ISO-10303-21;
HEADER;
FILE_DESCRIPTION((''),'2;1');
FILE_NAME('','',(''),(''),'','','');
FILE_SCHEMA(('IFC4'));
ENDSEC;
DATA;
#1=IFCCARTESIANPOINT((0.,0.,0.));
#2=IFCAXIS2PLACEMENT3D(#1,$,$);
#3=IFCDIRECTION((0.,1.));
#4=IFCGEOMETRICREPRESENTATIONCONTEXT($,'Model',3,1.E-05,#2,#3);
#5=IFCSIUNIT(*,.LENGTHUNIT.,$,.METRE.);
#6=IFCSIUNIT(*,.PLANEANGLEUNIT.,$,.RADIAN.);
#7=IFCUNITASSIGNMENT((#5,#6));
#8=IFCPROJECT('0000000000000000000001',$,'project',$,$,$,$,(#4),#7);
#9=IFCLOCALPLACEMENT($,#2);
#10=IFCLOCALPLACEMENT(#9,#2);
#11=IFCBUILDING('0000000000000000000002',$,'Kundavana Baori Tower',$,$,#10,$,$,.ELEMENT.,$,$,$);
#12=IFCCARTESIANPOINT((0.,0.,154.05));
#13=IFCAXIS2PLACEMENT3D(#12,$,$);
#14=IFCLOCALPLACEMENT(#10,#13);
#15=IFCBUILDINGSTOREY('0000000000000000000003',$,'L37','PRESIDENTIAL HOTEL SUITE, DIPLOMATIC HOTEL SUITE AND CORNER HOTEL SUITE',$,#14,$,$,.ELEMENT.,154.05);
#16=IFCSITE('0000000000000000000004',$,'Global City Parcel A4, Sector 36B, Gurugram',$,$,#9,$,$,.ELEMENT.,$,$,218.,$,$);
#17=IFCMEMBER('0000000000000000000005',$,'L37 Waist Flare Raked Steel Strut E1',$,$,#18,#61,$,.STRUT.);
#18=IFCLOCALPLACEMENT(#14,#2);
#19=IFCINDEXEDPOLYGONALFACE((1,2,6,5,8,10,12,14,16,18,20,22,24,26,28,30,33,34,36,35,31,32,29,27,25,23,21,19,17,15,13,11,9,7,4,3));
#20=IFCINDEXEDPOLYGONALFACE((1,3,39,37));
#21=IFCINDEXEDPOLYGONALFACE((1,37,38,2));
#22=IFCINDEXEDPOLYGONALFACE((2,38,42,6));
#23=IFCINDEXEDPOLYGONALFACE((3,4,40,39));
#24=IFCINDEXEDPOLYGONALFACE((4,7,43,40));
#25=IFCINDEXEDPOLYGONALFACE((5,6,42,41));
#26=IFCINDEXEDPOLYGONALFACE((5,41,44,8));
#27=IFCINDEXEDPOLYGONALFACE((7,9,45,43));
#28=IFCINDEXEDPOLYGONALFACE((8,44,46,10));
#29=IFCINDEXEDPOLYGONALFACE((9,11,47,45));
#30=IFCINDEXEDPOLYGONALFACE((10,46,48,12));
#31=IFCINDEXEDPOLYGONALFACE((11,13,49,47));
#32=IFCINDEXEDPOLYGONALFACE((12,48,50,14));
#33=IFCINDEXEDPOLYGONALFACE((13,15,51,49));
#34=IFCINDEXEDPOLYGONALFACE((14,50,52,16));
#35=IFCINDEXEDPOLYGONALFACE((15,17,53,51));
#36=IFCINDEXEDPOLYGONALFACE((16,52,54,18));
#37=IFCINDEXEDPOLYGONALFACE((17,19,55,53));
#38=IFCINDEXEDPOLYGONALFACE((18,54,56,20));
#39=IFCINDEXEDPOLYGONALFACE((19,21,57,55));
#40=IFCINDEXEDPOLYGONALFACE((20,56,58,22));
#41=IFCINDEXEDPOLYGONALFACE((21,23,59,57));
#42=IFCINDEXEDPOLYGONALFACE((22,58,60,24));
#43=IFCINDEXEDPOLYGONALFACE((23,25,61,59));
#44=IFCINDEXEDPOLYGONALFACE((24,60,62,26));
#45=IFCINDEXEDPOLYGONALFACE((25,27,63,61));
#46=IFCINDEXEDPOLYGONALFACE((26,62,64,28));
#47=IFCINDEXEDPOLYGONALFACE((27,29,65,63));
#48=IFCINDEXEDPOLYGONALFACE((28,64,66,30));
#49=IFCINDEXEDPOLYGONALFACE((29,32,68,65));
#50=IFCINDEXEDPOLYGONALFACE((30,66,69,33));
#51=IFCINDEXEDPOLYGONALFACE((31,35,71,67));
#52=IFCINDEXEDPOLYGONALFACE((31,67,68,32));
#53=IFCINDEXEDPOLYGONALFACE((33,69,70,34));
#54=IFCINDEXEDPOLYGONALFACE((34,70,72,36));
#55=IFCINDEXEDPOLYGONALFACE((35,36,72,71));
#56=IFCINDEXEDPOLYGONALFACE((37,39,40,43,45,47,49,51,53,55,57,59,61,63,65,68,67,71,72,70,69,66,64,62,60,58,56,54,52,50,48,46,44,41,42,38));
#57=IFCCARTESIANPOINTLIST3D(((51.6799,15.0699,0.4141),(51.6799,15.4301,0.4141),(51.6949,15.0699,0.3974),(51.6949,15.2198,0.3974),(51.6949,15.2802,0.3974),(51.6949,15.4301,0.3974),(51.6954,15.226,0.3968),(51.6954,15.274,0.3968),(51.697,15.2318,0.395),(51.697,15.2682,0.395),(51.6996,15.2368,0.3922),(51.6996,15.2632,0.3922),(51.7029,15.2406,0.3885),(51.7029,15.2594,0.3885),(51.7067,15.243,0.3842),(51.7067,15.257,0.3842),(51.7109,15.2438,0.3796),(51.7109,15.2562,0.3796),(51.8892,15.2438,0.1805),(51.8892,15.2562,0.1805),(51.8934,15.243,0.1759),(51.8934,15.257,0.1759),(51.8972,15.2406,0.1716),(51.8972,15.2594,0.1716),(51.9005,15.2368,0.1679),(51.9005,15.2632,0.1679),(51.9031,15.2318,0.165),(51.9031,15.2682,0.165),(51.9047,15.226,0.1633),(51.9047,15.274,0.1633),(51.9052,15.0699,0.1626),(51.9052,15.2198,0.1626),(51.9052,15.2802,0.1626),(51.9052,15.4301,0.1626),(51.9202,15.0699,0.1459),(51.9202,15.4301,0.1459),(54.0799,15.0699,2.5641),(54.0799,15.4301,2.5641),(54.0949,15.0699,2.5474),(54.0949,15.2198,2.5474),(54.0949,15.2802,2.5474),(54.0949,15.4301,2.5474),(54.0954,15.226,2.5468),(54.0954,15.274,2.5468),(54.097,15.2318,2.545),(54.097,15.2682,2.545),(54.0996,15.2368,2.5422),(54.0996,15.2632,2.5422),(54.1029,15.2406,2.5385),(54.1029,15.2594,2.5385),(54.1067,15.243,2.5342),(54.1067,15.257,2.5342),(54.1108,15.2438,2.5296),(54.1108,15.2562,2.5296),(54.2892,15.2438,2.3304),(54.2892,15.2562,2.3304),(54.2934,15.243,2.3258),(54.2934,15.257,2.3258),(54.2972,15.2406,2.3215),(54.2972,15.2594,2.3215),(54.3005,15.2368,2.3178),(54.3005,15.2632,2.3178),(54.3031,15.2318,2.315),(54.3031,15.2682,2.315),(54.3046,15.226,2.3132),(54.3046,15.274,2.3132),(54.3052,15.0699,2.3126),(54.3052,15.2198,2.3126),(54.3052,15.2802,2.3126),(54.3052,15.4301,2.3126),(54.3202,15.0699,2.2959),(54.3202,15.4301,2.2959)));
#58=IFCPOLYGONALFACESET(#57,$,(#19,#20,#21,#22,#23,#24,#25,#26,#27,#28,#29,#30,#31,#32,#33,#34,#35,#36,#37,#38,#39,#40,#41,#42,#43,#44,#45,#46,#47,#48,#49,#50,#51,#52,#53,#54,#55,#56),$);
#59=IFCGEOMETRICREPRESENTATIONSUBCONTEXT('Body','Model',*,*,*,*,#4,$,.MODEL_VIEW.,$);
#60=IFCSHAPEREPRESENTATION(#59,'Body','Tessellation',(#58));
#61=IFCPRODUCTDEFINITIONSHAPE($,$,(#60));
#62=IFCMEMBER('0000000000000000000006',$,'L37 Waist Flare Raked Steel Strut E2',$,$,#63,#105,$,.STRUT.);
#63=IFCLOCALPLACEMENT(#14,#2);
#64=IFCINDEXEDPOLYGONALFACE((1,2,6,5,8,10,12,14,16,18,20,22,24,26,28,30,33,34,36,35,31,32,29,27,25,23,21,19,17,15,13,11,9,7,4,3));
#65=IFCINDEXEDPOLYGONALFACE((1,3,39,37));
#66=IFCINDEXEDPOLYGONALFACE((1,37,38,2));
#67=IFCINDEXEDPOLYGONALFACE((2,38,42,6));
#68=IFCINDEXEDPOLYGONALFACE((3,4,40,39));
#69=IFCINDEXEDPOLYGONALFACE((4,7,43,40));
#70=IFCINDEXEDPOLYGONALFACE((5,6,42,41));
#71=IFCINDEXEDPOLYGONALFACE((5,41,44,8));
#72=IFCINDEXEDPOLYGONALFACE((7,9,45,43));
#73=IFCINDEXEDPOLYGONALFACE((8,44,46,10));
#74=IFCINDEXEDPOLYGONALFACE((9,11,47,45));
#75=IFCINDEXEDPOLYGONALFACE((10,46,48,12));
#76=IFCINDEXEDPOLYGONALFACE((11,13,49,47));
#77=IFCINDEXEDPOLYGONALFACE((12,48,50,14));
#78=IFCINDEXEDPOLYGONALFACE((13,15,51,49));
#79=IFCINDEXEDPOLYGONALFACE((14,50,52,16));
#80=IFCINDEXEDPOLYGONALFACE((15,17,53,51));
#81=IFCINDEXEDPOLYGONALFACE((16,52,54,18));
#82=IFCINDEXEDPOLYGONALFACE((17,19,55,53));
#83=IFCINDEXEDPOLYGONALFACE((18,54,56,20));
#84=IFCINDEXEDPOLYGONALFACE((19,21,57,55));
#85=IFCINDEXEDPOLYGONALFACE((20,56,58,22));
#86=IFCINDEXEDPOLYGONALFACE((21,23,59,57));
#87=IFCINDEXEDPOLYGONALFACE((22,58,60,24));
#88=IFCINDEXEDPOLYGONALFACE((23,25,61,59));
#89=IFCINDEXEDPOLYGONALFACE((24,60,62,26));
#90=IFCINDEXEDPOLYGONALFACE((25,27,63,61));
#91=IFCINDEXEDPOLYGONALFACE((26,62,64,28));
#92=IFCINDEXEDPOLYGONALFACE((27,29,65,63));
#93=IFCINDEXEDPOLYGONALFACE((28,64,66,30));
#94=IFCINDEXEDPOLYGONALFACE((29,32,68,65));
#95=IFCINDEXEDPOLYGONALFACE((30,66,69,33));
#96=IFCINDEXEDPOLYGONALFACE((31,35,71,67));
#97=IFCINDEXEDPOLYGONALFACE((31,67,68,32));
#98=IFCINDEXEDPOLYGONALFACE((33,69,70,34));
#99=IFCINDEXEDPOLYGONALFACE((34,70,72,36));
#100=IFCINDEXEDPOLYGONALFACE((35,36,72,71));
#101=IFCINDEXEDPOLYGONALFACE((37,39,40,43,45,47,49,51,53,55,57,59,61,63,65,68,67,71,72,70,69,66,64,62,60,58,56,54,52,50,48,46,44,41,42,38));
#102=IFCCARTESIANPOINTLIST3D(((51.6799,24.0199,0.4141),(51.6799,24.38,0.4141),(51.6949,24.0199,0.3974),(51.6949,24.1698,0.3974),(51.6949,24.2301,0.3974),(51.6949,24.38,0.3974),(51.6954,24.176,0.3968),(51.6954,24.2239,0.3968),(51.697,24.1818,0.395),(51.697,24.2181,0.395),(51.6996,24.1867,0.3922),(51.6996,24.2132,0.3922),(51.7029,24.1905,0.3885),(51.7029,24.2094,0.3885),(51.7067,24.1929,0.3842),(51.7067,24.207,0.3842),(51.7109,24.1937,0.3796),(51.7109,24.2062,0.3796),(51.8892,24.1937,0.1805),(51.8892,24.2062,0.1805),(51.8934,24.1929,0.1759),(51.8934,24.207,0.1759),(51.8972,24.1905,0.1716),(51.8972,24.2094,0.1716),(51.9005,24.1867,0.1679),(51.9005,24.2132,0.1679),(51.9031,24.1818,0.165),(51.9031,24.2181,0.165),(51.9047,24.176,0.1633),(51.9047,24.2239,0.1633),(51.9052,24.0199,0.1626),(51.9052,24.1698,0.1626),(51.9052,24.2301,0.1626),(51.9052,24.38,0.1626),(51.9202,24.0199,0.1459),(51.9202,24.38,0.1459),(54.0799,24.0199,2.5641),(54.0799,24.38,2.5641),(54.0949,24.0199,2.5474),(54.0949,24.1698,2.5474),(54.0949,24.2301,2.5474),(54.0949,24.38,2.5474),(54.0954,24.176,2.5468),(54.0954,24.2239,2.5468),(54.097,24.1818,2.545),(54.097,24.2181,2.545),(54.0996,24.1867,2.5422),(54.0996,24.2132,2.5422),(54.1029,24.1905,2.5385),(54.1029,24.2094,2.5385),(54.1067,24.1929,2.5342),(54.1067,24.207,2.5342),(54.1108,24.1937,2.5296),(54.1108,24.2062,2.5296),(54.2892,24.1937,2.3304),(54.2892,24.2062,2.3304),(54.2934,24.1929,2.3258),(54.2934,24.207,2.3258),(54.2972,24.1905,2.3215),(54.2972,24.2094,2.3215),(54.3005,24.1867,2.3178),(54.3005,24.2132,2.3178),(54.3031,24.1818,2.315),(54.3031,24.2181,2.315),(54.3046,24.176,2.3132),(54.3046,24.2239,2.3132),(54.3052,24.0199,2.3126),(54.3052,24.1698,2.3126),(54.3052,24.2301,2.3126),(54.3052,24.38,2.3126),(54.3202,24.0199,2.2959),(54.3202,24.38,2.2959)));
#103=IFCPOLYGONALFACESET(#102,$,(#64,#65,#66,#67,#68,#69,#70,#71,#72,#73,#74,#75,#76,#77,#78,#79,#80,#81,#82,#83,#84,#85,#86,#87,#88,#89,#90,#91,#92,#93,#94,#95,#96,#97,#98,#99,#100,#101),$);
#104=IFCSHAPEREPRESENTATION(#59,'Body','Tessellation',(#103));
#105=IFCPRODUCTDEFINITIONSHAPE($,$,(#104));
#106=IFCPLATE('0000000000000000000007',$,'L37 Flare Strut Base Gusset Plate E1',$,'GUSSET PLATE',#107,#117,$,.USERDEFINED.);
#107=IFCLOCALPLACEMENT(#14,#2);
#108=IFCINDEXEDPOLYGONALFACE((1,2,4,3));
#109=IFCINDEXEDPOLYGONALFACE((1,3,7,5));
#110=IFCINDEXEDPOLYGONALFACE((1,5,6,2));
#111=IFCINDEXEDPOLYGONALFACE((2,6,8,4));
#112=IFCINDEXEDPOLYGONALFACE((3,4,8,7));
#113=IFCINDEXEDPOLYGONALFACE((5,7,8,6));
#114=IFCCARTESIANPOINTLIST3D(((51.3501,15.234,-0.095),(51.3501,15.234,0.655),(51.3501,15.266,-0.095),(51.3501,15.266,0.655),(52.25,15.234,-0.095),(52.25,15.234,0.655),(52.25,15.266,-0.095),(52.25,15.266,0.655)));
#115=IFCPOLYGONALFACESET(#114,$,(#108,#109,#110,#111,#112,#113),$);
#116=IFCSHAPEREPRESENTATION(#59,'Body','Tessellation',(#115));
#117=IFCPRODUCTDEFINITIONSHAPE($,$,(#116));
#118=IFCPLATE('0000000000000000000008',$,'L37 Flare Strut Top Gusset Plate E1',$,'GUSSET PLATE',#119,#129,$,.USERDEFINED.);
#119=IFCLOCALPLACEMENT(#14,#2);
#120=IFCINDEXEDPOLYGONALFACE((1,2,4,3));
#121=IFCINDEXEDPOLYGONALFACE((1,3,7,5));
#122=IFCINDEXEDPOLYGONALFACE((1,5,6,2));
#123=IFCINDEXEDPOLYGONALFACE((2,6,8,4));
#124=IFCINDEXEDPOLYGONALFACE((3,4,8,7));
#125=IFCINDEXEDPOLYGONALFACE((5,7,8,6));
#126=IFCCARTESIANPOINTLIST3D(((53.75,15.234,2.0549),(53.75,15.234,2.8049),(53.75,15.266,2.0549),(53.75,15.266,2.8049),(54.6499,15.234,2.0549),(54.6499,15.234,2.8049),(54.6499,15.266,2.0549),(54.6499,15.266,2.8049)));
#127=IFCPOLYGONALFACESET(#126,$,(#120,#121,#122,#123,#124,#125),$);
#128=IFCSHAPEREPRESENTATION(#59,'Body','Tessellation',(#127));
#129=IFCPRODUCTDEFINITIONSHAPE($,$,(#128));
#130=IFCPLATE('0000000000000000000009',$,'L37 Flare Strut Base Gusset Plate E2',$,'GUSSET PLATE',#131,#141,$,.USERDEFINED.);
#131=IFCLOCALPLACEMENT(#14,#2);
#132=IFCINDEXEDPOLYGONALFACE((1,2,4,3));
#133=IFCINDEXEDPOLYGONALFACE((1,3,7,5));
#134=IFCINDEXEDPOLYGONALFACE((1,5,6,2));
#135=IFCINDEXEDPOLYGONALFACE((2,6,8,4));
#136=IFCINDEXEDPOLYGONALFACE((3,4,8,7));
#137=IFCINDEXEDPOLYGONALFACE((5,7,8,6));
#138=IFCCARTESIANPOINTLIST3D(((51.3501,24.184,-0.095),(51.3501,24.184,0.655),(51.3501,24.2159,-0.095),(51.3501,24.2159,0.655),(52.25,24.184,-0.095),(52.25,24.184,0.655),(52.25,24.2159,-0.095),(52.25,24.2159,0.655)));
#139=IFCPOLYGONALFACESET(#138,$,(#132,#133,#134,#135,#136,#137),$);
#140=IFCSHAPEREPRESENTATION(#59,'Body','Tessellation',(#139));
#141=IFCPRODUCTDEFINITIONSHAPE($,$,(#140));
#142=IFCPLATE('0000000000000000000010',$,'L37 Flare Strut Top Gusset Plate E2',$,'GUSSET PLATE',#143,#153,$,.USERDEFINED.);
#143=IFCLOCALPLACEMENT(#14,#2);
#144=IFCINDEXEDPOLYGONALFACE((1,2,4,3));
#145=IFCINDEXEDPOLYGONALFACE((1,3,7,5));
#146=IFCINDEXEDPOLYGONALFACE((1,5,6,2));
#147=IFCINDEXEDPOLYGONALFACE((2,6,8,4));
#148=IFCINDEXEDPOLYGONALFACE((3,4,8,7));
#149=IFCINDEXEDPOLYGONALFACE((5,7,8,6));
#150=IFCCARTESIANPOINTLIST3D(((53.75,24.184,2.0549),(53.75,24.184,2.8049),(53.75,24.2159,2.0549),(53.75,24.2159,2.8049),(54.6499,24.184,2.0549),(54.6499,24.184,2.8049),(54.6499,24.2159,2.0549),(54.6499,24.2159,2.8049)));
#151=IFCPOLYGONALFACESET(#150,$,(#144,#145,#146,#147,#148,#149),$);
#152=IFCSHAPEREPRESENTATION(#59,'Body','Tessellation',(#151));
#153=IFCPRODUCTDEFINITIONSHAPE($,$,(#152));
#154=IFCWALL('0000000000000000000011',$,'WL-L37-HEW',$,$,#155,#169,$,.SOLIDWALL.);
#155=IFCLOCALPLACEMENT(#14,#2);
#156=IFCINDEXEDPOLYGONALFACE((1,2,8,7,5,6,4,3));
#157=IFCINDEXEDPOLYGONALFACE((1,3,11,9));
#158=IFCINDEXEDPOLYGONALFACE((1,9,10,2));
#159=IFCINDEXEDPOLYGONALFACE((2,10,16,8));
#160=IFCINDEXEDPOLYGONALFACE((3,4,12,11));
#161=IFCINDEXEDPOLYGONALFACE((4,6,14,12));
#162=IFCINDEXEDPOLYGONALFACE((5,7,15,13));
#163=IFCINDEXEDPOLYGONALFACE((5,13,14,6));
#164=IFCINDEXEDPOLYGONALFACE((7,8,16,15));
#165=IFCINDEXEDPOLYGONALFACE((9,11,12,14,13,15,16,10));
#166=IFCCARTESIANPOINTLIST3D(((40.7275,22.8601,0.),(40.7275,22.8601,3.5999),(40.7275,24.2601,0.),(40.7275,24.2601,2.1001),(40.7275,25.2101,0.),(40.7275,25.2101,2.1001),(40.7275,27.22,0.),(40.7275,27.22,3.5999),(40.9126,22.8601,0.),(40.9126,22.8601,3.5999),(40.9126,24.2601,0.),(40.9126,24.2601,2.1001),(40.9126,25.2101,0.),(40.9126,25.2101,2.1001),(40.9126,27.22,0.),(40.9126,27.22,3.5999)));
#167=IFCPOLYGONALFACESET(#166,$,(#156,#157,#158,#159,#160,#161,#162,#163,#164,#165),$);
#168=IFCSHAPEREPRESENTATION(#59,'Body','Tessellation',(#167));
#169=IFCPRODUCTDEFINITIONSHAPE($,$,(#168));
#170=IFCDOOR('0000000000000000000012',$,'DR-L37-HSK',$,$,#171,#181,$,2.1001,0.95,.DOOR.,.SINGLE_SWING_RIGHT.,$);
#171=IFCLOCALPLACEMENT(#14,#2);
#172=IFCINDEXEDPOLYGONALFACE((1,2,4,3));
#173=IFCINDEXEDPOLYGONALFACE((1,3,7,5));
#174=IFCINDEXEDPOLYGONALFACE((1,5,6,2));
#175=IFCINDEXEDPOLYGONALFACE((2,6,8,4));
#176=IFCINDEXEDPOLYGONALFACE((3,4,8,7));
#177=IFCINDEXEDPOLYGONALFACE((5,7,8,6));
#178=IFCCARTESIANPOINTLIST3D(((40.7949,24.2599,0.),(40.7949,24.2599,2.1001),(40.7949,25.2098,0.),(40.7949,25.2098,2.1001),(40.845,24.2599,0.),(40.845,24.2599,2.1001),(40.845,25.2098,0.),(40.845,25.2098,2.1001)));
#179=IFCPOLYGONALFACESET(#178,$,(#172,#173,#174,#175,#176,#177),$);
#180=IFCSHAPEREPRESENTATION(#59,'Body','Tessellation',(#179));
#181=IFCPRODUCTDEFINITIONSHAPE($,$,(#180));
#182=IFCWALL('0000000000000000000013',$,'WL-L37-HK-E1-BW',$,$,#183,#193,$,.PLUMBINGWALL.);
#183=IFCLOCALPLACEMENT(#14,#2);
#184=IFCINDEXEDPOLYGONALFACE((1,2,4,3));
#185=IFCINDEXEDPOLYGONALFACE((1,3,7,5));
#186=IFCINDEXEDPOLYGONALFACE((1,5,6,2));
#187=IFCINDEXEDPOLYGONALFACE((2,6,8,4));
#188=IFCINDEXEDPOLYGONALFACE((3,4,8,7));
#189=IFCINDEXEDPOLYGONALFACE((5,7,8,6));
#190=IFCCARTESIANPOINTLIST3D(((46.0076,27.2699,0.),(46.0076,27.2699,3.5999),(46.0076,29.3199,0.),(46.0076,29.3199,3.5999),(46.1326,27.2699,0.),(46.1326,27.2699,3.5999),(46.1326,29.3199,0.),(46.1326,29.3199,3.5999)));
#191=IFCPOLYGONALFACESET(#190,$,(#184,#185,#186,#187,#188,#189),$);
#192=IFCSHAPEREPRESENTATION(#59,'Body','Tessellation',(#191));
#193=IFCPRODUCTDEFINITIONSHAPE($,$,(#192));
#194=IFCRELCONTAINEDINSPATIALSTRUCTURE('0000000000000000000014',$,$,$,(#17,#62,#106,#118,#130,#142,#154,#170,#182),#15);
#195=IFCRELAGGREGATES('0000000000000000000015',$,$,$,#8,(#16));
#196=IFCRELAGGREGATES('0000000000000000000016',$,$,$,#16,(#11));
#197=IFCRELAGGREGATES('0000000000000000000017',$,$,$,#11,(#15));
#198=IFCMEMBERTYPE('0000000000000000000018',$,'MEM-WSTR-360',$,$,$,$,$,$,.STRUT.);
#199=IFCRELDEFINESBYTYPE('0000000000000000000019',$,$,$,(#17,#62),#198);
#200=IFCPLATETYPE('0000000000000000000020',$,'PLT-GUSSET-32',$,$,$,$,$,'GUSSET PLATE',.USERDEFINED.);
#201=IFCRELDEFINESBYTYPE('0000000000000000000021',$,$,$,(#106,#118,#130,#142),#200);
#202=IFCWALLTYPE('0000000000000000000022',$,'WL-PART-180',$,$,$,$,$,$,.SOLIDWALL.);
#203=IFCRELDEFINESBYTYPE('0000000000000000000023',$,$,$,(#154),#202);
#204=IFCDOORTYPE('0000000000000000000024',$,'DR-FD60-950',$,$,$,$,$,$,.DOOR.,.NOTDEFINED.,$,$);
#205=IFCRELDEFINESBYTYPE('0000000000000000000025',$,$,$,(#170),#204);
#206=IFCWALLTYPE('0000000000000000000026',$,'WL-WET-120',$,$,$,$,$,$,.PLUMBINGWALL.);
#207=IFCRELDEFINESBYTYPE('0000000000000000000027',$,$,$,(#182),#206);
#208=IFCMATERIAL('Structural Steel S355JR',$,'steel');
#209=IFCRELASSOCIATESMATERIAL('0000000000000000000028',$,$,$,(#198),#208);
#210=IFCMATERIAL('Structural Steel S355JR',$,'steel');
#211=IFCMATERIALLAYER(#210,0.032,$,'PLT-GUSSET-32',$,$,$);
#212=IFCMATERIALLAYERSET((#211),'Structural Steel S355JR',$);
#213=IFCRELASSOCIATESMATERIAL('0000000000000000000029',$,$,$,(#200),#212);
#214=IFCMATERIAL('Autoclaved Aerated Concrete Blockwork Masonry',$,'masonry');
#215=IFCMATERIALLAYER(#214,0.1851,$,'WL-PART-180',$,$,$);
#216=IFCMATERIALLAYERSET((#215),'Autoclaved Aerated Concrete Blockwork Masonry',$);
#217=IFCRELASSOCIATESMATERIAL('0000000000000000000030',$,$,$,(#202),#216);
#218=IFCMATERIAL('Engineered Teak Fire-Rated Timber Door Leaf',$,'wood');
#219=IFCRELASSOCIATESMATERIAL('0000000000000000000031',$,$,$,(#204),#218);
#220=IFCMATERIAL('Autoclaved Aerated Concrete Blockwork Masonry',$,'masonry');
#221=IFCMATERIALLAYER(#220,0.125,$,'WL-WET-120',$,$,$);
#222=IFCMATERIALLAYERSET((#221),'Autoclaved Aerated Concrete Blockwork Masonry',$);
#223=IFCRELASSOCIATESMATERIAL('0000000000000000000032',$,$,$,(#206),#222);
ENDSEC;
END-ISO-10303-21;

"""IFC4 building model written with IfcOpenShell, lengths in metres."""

from ifc_helpers import new_model, si_unit, direction, frame, frame_2d, origin, origin_2d, place, context, subcontext, project, spatial, rectangle, i_section, extrude, material, layer, layer_set, material_profile, profile_set, type_object, element, fill, save


model = new_model("IFC4")

# Units and contexts
model_context = context("Model", 3, precision=1e-05, world=origin(), true_north=direction((0.0, 1.0)))
body_context = subcontext(model_context, "Body", "Model", "MODEL_VIEW")
ifc_project = project(units=[si_unit("LENGTHUNIT", "METRE"), si_unit("PLANEANGLEUNIT", "RADIAN")], contexts=[model_context])

# Site, building, storey
site_placement = place(None, origin())
site = spatial("IfcSite", under=ifc_project, at=site_placement, Name="Global City Parcel A4, Sector 36B, Gurugram", CompositionType="ELEMENT", RefElevation=218.0)
building_placement = place(site_placement, origin())
building = spatial("IfcBuilding", under=site, at=building_placement, Name="Kundavana Baori Tower", CompositionType="ELEMENT")
storey_placement = place(building_placement, frame((0.0, 0.0, 154.05)))
storey = spatial("IfcBuildingStorey", under=building, at=storey_placement, Name="L37", Description="PRESIDENTIAL HOTEL SUITE, DIPLOMATIC HOTEL SUITE AND CORNER HOTEL SUITE", CompositionType="ELEMENT", Elevation=154.05)

# Members
ifc_material_1 = material(Name="Structural Steel S355JR", Category="steel")
ifc_material_profile_1 = material_profile(ifc_material_1, i_section(OverallWidth=0.3601, OverallDepth=0.3601, WebThickness=0.0125, FlangeThickness=0.0225, FilletRadius=0.0239, at=origin_2d()), Name="WPB 360x360x142")
ifc_profile_set_1 = profile_set([ifc_material_profile_1], Name="Structural Steel S355JR")
member_type = type_object("IfcMemberType", Name="MEM-WSTR-360", PredefinedType="STRUT", material=ifc_profile_set_1)
for number, where, z_axis, x_axis, name in (
    (1, (51.8, 15.25, 0.28), (0.744837, 0.0, 0.667247), (0.0, 1.0, 0.0), "L37 Waist Flare Raked Steel Strut E1"),
    (2, (51.8, 24.2, 0.28), (0.744837, 0.0, 0.667247), (0.0, 1.0, 0.0), "L37 Waist Flare Raked Steel Strut E2"),
):
    element("IfcMember", number, at=place(storey_placement, frame(where, z_axis=z_axis, x_axis=x_axis)), inside=storey, type_object=member_type, Name=name, PredefinedType="STRUT", context=body_context, shape_type="SweptSolid", body=[
        extrude(i_section(OverallWidth=0.3601, OverallDepth=0.3601, WebThickness=0.0125, FlangeThickness=0.0225, FilletRadius=0.0239, at=origin_2d()), origin(), (0.0, 0.0, 1.0), 3.2222),
    ])

# Plates
ifc_material_2 = material(Name="Structural Steel S355JR", Category="steel")
ifc_layer_1 = layer(ifc_material_2, 0.032, Name="PLT-GUSSET-32")
ifc_layer_set_1 = layer_set([ifc_layer_1], Name="Structural Steel S355JR")
plate_type = type_object("IfcPlateType", Name="PLT-GUSSET-32", ElementType="GUSSET PLATE", PredefinedType="USERDEFINED", material=ifc_layer_set_1)
for number, where, z_axis, x_axis, name in (
    (3, (51.8, 15.25, -0.095), (0.0, 0.0, 1.0), (1.0, 0.0, 0.0), "L37 Flare Strut Base Gusset Plate E1"),
    (4, (54.2, 15.25, 2.0549), (0.0, 0.0, 1.0), (1.0, 0.0, 0.0), "L37 Flare Strut Top Gusset Plate E1"),
    (5, (51.8, 24.2, -0.095), (0.0, 0.0, 1.0), (1.0, 0.0, 0.0), "L37 Flare Strut Base Gusset Plate E2"),
    (6, (54.2, 24.2, 2.0549), (0.0, 0.0, 1.0), (1.0, 0.0, 0.0), "L37 Flare Strut Top Gusset Plate E2"),
):
    element("IfcPlate", number, at=place(storey_placement, frame(where, z_axis=z_axis, x_axis=x_axis)), inside=storey, type_object=plate_type, Name=name, ObjectType="GUSSET PLATE", PredefinedType="USERDEFINED", context=body_context, shape_type="SweptSolid", body=[
        extrude(rectangle(XDim=0.8999, YDim=0.032, at=origin_2d()), origin(), (0.0, 0.0, 1.0), 0.75),
    ])

# Wall, opening, door
ifc_material_3 = material(Name="Autoclaved Aerated Concrete Blockwork Masonry", Category="masonry")
ifc_layer_2 = layer(ifc_material_3, 0.1851, Name="WL-PART-180")
ifc_layer_set_2 = layer_set([ifc_layer_2], Name="Autoclaved Aerated Concrete Blockwork Masonry")
wall_type_1 = type_object("IfcWallType", Name="WL-PART-180", PredefinedType="SOLIDWALL", material=ifc_layer_set_2)
wall_1_placement = place(storey_placement, frame((40.8201, 22.8601, 0.0), z_axis=(0.0, 0.0, 1.0), x_axis=(0.0, 1.0, 0.0)))
wall_1 = element("IfcWall", 7, at=wall_1_placement, inside=storey, type_object=wall_type_1, Name="WL-L37-HEW", PredefinedType="SOLIDWALL", context=body_context, shape_type="SweptSolid", body=[
    extrude(rectangle(XDim=4.3599, YDim=0.1851, at=frame_2d((2.1799, 0.0))), origin(), (0.0, 0.0, 1.0), 3.5999),
])
opening_1_placement = place(wall_1_placement, frame((1.3999, 0.0, 0.0)))
opening_1 = element("IfcOpeningElement", 8, at=opening_1_placement, cuts=wall_1, PredefinedType="OPENING", context=body_context, shape_type="SweptSolid", body=[
    extrude(rectangle(XDim=0.95, YDim=2.1001, at=frame_2d((0.4751, 1.05))), frame((0.0, 0.1025, 0.0), z_axis=(0.0, -1.0, 0.0), x_axis=(1.0, 0.0, 0.0)), (0.0, 0.0, 1.0), 0.2051),
])
ifc_material_4 = material(Name="Engineered Teak Fire-Rated Timber Door Leaf", Category="wood")
door_type_1 = type_object("IfcDoorType", Name="DR-FD60-950", OperationType="NOTDEFINED", PredefinedType="DOOR", material=ifc_material_4)
door_1_placement = place(opening_1_placement, frame((0.95, 0.0, 0.0), z_axis=(0.0, 0.0, 1.0), x_axis=(-1.0, 0.0, 0.0)))
door_1 = element("IfcDoor", 9, at=door_1_placement, inside=storey, type_object=door_type_1, Name="DR-L37-HSK", OperationType="SINGLE_SWING_RIGHT", OverallHeight=2.1001, OverallWidth=0.95, PredefinedType="DOOR", context=body_context, shape_type="SweptSolid", body=[
    extrude(rectangle(XDim=0.95, YDim=2.1001, at=frame_2d((0.4751, 1.05))), frame((0.0, 0.0249, 0.0), z_axis=(0.0, -1.0, 0.0), x_axis=(1.0, 0.0, 0.0)), (0.0, 0.0, 1.0), 0.05),
])
fill(opening_1, door_1)

# Wall
ifc_material_5 = material(Name="Autoclaved Aerated Concrete Blockwork Masonry", Category="masonry")
ifc_layer_3 = layer(ifc_material_5, 0.125, Name="WL-WET-120")
ifc_layer_set_3 = layer_set([ifc_layer_3], Name="Autoclaved Aerated Concrete Blockwork Masonry")
wall_type_2 = type_object("IfcWallType", Name="WL-WET-120", PredefinedType="PLUMBINGWALL", material=ifc_layer_set_3)
wall_2_placement = place(storey_placement, frame((46.0701, 27.27, 0.0), z_axis=(0.0, 0.0, 1.0), x_axis=(0.0, 1.0, 0.0)))
element("IfcWall", 10, at=wall_2_placement, inside=storey, type_object=wall_type_2, Name="WL-L37-HK-E1-BW", PredefinedType="PLUMBINGWALL", context=body_context, shape_type="SweptSolid", body=[
    extrude(rectangle(XDim=2.05, YDim=0.125, at=frame_2d((1.0249, 0.0))), origin(), (0.0, 0.0, 1.0), 3.5999),
])

save(model, "model.ifc")
